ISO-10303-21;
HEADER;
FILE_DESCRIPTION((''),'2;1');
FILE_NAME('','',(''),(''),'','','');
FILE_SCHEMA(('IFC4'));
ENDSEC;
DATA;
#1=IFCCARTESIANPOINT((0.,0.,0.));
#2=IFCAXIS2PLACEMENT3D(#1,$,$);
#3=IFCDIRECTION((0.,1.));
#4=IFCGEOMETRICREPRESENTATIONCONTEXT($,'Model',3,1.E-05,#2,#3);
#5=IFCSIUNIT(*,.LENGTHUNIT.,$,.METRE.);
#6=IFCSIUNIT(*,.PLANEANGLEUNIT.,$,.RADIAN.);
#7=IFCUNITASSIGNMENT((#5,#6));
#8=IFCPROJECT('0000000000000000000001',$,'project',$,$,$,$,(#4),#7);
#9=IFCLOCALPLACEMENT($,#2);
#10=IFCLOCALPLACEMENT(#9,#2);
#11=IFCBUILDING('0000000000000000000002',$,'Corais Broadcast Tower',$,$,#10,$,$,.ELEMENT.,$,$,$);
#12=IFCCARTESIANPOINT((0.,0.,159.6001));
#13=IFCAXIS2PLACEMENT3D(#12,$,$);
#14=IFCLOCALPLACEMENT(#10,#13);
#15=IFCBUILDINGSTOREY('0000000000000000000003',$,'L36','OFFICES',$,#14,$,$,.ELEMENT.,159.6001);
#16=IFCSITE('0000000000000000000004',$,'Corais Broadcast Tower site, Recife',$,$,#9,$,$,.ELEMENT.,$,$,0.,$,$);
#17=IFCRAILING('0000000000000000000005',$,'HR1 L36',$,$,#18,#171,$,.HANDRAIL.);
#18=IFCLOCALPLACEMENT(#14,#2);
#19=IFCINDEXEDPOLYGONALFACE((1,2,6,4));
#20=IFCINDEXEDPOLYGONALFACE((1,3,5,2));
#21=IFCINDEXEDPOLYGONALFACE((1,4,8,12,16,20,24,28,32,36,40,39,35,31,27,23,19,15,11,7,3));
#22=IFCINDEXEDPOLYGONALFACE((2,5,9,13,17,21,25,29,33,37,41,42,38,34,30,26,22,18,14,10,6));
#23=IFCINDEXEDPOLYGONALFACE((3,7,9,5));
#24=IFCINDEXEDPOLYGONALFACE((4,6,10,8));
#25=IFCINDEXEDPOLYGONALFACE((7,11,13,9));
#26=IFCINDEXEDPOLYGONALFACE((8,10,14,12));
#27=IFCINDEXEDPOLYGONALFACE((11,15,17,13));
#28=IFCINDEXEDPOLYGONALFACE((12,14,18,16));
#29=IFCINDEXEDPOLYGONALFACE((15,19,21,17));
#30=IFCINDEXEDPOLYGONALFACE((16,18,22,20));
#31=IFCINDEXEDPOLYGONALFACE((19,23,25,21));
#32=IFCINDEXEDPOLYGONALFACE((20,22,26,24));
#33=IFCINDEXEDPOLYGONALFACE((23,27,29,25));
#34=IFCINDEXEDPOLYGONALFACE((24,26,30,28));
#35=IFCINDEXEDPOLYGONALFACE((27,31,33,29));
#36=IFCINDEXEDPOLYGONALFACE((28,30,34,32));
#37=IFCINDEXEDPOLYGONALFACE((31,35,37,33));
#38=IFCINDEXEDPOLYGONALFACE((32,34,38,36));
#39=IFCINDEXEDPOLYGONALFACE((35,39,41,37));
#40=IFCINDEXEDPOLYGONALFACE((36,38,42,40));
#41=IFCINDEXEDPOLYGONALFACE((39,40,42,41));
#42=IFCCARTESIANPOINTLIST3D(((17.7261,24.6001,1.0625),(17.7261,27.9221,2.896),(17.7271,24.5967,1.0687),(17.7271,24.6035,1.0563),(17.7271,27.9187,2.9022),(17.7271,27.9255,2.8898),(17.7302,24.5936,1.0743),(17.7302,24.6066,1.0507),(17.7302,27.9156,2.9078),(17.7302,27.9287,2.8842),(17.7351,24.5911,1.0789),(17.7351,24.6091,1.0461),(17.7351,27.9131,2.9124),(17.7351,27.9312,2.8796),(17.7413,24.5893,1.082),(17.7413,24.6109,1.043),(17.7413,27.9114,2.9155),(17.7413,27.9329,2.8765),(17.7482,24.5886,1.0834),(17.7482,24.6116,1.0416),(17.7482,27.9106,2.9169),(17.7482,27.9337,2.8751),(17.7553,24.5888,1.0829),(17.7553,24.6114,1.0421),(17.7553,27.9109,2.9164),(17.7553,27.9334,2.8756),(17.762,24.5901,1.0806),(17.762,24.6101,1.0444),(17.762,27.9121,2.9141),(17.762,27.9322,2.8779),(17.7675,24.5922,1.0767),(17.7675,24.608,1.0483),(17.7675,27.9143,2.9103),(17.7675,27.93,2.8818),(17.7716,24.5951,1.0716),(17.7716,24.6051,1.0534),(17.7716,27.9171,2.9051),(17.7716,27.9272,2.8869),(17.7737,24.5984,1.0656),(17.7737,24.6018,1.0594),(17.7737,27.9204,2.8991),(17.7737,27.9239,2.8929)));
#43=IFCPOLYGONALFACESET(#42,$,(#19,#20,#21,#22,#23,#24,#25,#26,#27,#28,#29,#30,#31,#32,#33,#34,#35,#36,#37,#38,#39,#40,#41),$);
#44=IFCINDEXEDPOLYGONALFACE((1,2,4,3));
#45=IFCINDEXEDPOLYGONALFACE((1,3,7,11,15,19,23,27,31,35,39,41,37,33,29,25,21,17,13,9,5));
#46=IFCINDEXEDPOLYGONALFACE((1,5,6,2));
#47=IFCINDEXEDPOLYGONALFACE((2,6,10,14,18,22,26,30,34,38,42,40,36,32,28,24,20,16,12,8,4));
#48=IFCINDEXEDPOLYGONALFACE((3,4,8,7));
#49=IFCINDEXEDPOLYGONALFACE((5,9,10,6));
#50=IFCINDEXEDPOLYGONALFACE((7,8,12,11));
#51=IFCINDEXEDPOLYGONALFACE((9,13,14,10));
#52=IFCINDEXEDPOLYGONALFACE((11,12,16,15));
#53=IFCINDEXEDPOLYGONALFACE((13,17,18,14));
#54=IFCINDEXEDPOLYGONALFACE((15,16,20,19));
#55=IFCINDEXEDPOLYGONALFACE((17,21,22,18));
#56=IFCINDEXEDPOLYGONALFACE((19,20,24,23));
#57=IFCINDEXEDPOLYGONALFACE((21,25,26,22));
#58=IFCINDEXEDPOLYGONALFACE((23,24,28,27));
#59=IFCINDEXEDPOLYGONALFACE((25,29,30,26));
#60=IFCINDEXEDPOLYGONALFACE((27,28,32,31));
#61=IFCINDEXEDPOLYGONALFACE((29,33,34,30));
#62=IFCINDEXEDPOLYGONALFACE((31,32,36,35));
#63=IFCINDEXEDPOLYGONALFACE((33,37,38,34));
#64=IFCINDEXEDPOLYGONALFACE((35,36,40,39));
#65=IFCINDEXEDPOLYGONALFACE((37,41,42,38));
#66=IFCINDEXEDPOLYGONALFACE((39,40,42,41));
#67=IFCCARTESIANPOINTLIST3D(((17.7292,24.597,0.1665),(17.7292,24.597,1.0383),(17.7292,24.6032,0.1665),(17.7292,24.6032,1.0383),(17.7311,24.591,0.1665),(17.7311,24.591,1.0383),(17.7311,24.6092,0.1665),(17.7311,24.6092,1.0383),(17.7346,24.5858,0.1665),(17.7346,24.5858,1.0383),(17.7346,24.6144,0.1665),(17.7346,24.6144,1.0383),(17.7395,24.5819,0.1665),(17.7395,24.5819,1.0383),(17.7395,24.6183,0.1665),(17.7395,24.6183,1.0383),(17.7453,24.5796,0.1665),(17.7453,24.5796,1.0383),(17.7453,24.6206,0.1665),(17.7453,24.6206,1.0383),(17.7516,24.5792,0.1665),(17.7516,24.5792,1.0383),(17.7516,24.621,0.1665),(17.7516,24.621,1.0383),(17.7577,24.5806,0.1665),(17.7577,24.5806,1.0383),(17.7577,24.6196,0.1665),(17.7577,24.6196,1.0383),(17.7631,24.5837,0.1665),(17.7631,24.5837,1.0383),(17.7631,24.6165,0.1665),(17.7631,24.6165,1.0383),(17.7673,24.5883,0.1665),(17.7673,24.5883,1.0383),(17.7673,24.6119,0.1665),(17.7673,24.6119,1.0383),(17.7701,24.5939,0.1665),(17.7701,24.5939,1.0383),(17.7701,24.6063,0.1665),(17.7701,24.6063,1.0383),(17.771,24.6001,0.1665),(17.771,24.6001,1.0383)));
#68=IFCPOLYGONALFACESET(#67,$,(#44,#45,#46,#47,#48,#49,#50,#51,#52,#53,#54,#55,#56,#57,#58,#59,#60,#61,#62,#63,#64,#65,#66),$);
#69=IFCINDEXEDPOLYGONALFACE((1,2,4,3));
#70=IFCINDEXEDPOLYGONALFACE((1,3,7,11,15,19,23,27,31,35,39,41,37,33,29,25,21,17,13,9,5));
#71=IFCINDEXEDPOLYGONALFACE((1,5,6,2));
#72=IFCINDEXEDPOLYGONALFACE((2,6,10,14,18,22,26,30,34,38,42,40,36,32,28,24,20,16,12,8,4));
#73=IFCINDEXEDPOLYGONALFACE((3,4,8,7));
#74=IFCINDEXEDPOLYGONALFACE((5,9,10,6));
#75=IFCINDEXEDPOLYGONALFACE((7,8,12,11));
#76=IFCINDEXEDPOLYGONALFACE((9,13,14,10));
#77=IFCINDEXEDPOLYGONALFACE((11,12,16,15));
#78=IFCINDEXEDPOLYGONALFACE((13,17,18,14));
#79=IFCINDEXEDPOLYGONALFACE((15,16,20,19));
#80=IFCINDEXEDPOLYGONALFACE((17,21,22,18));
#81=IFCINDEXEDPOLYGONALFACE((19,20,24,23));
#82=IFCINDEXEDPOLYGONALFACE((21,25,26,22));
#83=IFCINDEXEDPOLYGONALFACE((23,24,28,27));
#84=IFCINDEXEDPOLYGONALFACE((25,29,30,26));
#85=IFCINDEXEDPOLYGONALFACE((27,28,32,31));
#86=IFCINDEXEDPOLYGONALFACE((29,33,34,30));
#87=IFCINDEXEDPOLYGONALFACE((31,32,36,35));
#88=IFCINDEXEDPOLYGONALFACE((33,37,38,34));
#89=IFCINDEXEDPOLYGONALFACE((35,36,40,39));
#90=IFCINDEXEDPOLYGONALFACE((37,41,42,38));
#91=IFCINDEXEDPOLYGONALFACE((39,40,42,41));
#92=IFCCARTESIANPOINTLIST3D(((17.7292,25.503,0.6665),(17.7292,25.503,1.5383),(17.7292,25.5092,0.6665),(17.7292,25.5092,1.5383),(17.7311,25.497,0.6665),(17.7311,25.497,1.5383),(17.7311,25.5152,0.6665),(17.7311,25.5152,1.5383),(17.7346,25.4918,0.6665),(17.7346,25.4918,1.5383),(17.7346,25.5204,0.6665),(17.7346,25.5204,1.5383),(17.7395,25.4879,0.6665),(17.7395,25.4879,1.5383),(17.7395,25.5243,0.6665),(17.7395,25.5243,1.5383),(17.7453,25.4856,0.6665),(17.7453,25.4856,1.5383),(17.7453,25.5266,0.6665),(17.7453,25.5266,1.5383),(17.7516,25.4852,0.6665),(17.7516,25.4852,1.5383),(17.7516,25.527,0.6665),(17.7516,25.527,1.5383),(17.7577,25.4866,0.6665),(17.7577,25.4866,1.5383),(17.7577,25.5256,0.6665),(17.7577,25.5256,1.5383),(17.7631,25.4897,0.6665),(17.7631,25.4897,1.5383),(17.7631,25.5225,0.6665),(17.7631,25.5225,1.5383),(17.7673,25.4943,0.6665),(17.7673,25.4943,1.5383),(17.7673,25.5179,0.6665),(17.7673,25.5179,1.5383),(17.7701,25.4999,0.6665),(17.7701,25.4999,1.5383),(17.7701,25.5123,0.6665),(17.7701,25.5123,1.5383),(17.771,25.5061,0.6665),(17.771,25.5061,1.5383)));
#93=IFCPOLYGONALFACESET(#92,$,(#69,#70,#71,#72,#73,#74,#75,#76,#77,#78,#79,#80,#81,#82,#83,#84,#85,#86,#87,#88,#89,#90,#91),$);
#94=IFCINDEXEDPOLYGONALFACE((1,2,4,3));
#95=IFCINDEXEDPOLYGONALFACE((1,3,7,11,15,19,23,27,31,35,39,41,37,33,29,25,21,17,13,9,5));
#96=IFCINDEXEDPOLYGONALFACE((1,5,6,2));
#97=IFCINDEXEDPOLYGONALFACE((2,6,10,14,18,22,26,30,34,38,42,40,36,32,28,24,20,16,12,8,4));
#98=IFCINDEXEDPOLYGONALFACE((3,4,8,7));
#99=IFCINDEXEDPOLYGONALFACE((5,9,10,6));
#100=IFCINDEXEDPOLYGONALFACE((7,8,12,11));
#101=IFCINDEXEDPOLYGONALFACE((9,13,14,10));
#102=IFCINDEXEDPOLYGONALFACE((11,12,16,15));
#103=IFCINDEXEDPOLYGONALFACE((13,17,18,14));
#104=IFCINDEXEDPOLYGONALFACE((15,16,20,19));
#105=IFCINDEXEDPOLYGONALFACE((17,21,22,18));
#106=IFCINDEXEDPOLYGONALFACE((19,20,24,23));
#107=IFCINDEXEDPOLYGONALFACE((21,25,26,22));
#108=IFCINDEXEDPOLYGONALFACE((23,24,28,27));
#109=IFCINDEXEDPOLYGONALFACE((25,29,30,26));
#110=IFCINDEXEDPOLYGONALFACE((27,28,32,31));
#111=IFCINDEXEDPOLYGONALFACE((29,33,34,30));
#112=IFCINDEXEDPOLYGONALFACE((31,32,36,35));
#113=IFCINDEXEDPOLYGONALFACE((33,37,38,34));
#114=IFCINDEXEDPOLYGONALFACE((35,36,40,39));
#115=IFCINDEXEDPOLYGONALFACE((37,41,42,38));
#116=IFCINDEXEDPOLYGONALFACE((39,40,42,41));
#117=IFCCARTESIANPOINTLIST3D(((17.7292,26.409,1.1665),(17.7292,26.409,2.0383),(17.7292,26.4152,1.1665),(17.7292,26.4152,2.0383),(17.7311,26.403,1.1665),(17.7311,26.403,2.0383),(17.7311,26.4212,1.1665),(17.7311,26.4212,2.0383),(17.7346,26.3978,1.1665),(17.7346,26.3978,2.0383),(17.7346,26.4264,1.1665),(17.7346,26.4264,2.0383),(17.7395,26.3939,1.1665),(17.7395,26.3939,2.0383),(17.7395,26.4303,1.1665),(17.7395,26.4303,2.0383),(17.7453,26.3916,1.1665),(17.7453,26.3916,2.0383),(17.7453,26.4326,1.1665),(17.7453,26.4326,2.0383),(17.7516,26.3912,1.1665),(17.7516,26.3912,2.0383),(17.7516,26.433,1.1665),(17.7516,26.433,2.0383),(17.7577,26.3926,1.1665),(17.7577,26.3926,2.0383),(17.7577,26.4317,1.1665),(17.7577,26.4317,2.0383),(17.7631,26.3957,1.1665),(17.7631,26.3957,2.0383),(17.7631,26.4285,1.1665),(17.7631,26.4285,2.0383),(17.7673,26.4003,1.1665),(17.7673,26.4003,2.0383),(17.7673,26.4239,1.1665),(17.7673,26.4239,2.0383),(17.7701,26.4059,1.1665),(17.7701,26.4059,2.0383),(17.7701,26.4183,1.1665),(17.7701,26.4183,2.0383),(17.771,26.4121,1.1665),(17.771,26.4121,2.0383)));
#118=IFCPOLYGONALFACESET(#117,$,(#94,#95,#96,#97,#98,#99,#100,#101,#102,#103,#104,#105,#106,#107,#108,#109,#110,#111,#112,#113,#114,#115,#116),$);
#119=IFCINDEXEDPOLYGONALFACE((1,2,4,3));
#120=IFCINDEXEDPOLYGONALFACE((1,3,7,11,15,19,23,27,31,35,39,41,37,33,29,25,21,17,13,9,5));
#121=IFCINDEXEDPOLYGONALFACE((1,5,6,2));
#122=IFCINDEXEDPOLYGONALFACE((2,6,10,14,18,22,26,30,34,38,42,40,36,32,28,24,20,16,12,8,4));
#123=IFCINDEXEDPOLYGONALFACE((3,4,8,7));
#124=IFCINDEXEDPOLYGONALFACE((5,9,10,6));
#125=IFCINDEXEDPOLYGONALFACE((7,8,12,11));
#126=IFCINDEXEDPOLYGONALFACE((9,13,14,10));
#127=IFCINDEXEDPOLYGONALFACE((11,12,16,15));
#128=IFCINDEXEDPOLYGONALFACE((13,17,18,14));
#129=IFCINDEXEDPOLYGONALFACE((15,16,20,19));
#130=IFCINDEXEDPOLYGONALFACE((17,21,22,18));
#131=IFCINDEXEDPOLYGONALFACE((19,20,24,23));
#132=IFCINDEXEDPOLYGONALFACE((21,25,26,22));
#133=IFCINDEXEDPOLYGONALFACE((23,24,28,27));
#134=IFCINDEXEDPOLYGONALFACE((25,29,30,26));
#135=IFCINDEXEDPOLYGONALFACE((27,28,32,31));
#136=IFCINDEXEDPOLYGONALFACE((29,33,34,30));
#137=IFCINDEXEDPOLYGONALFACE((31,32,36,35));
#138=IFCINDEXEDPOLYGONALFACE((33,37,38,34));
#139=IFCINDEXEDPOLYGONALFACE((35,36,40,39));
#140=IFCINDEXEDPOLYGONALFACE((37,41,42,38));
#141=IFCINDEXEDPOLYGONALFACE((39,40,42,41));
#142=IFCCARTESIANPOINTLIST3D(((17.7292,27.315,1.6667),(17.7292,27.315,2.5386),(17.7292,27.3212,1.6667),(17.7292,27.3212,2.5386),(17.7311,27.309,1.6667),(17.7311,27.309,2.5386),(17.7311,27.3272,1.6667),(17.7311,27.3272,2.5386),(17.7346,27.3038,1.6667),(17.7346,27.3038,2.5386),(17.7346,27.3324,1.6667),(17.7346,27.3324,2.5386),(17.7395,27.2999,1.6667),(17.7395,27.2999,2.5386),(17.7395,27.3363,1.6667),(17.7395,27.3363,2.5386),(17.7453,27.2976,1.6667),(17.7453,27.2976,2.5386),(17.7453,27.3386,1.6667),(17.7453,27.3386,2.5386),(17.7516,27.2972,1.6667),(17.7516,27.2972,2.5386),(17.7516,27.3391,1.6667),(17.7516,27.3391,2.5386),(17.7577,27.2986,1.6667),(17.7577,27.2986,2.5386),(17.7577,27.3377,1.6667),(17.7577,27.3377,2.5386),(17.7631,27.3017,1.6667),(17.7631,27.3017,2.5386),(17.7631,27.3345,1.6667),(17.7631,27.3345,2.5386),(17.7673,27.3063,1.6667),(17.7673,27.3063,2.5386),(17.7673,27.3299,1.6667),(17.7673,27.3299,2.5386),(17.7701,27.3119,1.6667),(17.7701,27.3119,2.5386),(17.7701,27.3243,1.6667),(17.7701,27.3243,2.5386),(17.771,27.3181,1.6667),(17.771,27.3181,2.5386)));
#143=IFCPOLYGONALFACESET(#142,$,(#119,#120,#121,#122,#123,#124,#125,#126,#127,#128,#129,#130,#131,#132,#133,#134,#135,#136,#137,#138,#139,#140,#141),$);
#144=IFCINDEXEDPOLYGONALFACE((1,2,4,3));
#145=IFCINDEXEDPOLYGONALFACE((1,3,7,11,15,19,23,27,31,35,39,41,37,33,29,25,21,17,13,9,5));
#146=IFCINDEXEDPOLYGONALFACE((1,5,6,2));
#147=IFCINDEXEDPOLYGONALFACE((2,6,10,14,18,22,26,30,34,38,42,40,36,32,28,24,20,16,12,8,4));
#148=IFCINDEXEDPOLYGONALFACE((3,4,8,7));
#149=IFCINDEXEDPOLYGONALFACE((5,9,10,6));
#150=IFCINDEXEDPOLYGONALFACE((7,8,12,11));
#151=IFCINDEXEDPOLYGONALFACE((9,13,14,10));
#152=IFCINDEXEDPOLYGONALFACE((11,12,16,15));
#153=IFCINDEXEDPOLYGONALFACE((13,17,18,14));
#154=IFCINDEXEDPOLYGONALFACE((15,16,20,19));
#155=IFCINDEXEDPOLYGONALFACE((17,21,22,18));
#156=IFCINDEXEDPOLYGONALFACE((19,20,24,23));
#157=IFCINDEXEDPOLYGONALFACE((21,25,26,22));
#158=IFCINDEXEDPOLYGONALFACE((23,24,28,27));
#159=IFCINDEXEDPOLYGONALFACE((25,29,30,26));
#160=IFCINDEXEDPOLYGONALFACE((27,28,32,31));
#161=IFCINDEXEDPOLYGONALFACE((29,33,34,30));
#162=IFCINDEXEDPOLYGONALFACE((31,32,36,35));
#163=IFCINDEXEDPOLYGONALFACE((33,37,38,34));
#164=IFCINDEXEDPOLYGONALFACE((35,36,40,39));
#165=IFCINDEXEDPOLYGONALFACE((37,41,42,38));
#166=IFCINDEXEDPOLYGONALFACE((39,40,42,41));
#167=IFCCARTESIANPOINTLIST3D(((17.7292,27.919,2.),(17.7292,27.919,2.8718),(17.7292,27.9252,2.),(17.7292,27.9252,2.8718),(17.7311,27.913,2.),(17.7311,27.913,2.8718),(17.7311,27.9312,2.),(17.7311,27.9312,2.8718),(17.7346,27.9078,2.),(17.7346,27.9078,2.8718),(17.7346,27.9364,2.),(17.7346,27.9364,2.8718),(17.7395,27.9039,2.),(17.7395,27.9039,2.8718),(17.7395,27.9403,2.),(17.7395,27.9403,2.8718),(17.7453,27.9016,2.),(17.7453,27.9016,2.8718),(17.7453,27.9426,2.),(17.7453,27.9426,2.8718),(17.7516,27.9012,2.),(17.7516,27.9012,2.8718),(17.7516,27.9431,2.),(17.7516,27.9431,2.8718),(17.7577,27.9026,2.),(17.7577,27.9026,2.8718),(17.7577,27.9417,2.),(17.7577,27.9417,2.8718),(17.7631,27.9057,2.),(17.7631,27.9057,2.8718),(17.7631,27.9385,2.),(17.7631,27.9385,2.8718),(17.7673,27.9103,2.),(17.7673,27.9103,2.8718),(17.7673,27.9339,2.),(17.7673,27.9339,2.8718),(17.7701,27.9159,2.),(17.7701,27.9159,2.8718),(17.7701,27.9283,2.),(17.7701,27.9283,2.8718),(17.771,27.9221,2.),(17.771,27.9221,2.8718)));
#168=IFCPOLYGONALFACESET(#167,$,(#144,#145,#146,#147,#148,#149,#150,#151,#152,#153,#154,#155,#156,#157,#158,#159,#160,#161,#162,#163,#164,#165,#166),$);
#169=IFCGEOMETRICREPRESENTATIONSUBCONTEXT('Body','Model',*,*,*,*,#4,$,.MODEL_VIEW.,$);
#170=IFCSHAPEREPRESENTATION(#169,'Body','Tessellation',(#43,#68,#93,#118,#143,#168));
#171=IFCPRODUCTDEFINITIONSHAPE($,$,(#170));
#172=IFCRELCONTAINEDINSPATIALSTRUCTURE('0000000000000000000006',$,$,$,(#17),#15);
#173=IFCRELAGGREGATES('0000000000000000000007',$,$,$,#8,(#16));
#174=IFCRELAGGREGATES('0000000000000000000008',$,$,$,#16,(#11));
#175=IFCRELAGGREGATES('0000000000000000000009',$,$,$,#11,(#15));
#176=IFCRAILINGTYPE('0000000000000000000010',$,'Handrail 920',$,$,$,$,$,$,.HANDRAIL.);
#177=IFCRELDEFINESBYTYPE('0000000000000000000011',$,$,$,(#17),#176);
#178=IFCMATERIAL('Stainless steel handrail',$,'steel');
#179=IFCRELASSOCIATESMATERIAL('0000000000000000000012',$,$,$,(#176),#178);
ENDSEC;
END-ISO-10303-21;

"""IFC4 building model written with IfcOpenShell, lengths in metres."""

from ifc_helpers import new_model, si_unit, direction, frame, origin, origin_2d, place, context, subcontext, project, spatial, circle, extrude, material, type_object, element, save


model = new_model("IFC4")

# Units and contexts
model_context = context("Model", 3, precision=1e-05, world=origin(), true_north=direction((0.0, 1.0)))
body_context = subcontext(model_context, "Body", "Model", "MODEL_VIEW")
ifc_project = project(units=[si_unit("LENGTHUNIT", "METRE"), si_unit("PLANEANGLEUNIT", "RADIAN")], contexts=[model_context])

# Site, building, storey
site_placement = place(None, origin())
site = spatial("IfcSite", under=ifc_project, at=site_placement, Name="Corais Broadcast Tower site, Recife", CompositionType="ELEMENT", RefElevation=0.0)
building_placement = place(site_placement, origin())
building = spatial("IfcBuilding", under=site, at=building_placement, Name="Corais Broadcast Tower", CompositionType="ELEMENT")
storey_placement = place(building_placement, frame((0.0, 0.0, 159.6001)))
storey = spatial("IfcBuildingStorey", under=building, at=storey_placement, Name="L36", Description="OFFICES", CompositionType="ELEMENT", Elevation=159.6001)

# Railing
ifc_material_1 = material(Name="Stainless steel handrail", Category="steel")
railing_type = type_object("IfcRailingType", Name="Handrail 920", PredefinedType="HANDRAIL", material=ifc_material_1)
for number, where, name in (
    (1, (17.75, 24.6001, 0.1665), "HR1 L36"),
):
    element("IfcRailing", number, at=place(storey_placement, frame(where)), inside=storey, type_object=railing_type, Name=name, PredefinedType="HANDRAIL", context=body_context, shape_type="SweptSolid", body=[
        extrude(circle(Radius=0.0239, at=origin_2d()), frame((0.0, 0.0, 0.896), z_axis=(0.0, 0.875504, 0.48321), x_axis=(-1.0, 0.0, 0.0)), (0.0, 0.0, 1.0), 3.7944),
        extrude(circle(Radius=0.021, at=origin_2d()), origin(), (0.0, 0.0, 1.0), 0.8718),
        extrude(circle(Radius=0.021, at=origin_2d()), frame((0.0, 0.906, 0.5)), (0.0, 0.0, 1.0), 0.8718),
        extrude(circle(Radius=0.021, at=origin_2d()), frame((0.0, 1.812, 1.0)), (0.0, 0.0, 1.0), 0.8718),
        extrude(circle(Radius=0.021, at=origin_2d()), frame((0.0, 2.718, 1.5002)), (0.0, 0.0, 1.0), 0.8718),
        extrude(circle(Radius=0.021, at=origin_2d()), frame((0.0, 3.322, 1.8335)), (0.0, 0.0, 1.0), 0.8718),
    ])

save(model, "model.ifc")
